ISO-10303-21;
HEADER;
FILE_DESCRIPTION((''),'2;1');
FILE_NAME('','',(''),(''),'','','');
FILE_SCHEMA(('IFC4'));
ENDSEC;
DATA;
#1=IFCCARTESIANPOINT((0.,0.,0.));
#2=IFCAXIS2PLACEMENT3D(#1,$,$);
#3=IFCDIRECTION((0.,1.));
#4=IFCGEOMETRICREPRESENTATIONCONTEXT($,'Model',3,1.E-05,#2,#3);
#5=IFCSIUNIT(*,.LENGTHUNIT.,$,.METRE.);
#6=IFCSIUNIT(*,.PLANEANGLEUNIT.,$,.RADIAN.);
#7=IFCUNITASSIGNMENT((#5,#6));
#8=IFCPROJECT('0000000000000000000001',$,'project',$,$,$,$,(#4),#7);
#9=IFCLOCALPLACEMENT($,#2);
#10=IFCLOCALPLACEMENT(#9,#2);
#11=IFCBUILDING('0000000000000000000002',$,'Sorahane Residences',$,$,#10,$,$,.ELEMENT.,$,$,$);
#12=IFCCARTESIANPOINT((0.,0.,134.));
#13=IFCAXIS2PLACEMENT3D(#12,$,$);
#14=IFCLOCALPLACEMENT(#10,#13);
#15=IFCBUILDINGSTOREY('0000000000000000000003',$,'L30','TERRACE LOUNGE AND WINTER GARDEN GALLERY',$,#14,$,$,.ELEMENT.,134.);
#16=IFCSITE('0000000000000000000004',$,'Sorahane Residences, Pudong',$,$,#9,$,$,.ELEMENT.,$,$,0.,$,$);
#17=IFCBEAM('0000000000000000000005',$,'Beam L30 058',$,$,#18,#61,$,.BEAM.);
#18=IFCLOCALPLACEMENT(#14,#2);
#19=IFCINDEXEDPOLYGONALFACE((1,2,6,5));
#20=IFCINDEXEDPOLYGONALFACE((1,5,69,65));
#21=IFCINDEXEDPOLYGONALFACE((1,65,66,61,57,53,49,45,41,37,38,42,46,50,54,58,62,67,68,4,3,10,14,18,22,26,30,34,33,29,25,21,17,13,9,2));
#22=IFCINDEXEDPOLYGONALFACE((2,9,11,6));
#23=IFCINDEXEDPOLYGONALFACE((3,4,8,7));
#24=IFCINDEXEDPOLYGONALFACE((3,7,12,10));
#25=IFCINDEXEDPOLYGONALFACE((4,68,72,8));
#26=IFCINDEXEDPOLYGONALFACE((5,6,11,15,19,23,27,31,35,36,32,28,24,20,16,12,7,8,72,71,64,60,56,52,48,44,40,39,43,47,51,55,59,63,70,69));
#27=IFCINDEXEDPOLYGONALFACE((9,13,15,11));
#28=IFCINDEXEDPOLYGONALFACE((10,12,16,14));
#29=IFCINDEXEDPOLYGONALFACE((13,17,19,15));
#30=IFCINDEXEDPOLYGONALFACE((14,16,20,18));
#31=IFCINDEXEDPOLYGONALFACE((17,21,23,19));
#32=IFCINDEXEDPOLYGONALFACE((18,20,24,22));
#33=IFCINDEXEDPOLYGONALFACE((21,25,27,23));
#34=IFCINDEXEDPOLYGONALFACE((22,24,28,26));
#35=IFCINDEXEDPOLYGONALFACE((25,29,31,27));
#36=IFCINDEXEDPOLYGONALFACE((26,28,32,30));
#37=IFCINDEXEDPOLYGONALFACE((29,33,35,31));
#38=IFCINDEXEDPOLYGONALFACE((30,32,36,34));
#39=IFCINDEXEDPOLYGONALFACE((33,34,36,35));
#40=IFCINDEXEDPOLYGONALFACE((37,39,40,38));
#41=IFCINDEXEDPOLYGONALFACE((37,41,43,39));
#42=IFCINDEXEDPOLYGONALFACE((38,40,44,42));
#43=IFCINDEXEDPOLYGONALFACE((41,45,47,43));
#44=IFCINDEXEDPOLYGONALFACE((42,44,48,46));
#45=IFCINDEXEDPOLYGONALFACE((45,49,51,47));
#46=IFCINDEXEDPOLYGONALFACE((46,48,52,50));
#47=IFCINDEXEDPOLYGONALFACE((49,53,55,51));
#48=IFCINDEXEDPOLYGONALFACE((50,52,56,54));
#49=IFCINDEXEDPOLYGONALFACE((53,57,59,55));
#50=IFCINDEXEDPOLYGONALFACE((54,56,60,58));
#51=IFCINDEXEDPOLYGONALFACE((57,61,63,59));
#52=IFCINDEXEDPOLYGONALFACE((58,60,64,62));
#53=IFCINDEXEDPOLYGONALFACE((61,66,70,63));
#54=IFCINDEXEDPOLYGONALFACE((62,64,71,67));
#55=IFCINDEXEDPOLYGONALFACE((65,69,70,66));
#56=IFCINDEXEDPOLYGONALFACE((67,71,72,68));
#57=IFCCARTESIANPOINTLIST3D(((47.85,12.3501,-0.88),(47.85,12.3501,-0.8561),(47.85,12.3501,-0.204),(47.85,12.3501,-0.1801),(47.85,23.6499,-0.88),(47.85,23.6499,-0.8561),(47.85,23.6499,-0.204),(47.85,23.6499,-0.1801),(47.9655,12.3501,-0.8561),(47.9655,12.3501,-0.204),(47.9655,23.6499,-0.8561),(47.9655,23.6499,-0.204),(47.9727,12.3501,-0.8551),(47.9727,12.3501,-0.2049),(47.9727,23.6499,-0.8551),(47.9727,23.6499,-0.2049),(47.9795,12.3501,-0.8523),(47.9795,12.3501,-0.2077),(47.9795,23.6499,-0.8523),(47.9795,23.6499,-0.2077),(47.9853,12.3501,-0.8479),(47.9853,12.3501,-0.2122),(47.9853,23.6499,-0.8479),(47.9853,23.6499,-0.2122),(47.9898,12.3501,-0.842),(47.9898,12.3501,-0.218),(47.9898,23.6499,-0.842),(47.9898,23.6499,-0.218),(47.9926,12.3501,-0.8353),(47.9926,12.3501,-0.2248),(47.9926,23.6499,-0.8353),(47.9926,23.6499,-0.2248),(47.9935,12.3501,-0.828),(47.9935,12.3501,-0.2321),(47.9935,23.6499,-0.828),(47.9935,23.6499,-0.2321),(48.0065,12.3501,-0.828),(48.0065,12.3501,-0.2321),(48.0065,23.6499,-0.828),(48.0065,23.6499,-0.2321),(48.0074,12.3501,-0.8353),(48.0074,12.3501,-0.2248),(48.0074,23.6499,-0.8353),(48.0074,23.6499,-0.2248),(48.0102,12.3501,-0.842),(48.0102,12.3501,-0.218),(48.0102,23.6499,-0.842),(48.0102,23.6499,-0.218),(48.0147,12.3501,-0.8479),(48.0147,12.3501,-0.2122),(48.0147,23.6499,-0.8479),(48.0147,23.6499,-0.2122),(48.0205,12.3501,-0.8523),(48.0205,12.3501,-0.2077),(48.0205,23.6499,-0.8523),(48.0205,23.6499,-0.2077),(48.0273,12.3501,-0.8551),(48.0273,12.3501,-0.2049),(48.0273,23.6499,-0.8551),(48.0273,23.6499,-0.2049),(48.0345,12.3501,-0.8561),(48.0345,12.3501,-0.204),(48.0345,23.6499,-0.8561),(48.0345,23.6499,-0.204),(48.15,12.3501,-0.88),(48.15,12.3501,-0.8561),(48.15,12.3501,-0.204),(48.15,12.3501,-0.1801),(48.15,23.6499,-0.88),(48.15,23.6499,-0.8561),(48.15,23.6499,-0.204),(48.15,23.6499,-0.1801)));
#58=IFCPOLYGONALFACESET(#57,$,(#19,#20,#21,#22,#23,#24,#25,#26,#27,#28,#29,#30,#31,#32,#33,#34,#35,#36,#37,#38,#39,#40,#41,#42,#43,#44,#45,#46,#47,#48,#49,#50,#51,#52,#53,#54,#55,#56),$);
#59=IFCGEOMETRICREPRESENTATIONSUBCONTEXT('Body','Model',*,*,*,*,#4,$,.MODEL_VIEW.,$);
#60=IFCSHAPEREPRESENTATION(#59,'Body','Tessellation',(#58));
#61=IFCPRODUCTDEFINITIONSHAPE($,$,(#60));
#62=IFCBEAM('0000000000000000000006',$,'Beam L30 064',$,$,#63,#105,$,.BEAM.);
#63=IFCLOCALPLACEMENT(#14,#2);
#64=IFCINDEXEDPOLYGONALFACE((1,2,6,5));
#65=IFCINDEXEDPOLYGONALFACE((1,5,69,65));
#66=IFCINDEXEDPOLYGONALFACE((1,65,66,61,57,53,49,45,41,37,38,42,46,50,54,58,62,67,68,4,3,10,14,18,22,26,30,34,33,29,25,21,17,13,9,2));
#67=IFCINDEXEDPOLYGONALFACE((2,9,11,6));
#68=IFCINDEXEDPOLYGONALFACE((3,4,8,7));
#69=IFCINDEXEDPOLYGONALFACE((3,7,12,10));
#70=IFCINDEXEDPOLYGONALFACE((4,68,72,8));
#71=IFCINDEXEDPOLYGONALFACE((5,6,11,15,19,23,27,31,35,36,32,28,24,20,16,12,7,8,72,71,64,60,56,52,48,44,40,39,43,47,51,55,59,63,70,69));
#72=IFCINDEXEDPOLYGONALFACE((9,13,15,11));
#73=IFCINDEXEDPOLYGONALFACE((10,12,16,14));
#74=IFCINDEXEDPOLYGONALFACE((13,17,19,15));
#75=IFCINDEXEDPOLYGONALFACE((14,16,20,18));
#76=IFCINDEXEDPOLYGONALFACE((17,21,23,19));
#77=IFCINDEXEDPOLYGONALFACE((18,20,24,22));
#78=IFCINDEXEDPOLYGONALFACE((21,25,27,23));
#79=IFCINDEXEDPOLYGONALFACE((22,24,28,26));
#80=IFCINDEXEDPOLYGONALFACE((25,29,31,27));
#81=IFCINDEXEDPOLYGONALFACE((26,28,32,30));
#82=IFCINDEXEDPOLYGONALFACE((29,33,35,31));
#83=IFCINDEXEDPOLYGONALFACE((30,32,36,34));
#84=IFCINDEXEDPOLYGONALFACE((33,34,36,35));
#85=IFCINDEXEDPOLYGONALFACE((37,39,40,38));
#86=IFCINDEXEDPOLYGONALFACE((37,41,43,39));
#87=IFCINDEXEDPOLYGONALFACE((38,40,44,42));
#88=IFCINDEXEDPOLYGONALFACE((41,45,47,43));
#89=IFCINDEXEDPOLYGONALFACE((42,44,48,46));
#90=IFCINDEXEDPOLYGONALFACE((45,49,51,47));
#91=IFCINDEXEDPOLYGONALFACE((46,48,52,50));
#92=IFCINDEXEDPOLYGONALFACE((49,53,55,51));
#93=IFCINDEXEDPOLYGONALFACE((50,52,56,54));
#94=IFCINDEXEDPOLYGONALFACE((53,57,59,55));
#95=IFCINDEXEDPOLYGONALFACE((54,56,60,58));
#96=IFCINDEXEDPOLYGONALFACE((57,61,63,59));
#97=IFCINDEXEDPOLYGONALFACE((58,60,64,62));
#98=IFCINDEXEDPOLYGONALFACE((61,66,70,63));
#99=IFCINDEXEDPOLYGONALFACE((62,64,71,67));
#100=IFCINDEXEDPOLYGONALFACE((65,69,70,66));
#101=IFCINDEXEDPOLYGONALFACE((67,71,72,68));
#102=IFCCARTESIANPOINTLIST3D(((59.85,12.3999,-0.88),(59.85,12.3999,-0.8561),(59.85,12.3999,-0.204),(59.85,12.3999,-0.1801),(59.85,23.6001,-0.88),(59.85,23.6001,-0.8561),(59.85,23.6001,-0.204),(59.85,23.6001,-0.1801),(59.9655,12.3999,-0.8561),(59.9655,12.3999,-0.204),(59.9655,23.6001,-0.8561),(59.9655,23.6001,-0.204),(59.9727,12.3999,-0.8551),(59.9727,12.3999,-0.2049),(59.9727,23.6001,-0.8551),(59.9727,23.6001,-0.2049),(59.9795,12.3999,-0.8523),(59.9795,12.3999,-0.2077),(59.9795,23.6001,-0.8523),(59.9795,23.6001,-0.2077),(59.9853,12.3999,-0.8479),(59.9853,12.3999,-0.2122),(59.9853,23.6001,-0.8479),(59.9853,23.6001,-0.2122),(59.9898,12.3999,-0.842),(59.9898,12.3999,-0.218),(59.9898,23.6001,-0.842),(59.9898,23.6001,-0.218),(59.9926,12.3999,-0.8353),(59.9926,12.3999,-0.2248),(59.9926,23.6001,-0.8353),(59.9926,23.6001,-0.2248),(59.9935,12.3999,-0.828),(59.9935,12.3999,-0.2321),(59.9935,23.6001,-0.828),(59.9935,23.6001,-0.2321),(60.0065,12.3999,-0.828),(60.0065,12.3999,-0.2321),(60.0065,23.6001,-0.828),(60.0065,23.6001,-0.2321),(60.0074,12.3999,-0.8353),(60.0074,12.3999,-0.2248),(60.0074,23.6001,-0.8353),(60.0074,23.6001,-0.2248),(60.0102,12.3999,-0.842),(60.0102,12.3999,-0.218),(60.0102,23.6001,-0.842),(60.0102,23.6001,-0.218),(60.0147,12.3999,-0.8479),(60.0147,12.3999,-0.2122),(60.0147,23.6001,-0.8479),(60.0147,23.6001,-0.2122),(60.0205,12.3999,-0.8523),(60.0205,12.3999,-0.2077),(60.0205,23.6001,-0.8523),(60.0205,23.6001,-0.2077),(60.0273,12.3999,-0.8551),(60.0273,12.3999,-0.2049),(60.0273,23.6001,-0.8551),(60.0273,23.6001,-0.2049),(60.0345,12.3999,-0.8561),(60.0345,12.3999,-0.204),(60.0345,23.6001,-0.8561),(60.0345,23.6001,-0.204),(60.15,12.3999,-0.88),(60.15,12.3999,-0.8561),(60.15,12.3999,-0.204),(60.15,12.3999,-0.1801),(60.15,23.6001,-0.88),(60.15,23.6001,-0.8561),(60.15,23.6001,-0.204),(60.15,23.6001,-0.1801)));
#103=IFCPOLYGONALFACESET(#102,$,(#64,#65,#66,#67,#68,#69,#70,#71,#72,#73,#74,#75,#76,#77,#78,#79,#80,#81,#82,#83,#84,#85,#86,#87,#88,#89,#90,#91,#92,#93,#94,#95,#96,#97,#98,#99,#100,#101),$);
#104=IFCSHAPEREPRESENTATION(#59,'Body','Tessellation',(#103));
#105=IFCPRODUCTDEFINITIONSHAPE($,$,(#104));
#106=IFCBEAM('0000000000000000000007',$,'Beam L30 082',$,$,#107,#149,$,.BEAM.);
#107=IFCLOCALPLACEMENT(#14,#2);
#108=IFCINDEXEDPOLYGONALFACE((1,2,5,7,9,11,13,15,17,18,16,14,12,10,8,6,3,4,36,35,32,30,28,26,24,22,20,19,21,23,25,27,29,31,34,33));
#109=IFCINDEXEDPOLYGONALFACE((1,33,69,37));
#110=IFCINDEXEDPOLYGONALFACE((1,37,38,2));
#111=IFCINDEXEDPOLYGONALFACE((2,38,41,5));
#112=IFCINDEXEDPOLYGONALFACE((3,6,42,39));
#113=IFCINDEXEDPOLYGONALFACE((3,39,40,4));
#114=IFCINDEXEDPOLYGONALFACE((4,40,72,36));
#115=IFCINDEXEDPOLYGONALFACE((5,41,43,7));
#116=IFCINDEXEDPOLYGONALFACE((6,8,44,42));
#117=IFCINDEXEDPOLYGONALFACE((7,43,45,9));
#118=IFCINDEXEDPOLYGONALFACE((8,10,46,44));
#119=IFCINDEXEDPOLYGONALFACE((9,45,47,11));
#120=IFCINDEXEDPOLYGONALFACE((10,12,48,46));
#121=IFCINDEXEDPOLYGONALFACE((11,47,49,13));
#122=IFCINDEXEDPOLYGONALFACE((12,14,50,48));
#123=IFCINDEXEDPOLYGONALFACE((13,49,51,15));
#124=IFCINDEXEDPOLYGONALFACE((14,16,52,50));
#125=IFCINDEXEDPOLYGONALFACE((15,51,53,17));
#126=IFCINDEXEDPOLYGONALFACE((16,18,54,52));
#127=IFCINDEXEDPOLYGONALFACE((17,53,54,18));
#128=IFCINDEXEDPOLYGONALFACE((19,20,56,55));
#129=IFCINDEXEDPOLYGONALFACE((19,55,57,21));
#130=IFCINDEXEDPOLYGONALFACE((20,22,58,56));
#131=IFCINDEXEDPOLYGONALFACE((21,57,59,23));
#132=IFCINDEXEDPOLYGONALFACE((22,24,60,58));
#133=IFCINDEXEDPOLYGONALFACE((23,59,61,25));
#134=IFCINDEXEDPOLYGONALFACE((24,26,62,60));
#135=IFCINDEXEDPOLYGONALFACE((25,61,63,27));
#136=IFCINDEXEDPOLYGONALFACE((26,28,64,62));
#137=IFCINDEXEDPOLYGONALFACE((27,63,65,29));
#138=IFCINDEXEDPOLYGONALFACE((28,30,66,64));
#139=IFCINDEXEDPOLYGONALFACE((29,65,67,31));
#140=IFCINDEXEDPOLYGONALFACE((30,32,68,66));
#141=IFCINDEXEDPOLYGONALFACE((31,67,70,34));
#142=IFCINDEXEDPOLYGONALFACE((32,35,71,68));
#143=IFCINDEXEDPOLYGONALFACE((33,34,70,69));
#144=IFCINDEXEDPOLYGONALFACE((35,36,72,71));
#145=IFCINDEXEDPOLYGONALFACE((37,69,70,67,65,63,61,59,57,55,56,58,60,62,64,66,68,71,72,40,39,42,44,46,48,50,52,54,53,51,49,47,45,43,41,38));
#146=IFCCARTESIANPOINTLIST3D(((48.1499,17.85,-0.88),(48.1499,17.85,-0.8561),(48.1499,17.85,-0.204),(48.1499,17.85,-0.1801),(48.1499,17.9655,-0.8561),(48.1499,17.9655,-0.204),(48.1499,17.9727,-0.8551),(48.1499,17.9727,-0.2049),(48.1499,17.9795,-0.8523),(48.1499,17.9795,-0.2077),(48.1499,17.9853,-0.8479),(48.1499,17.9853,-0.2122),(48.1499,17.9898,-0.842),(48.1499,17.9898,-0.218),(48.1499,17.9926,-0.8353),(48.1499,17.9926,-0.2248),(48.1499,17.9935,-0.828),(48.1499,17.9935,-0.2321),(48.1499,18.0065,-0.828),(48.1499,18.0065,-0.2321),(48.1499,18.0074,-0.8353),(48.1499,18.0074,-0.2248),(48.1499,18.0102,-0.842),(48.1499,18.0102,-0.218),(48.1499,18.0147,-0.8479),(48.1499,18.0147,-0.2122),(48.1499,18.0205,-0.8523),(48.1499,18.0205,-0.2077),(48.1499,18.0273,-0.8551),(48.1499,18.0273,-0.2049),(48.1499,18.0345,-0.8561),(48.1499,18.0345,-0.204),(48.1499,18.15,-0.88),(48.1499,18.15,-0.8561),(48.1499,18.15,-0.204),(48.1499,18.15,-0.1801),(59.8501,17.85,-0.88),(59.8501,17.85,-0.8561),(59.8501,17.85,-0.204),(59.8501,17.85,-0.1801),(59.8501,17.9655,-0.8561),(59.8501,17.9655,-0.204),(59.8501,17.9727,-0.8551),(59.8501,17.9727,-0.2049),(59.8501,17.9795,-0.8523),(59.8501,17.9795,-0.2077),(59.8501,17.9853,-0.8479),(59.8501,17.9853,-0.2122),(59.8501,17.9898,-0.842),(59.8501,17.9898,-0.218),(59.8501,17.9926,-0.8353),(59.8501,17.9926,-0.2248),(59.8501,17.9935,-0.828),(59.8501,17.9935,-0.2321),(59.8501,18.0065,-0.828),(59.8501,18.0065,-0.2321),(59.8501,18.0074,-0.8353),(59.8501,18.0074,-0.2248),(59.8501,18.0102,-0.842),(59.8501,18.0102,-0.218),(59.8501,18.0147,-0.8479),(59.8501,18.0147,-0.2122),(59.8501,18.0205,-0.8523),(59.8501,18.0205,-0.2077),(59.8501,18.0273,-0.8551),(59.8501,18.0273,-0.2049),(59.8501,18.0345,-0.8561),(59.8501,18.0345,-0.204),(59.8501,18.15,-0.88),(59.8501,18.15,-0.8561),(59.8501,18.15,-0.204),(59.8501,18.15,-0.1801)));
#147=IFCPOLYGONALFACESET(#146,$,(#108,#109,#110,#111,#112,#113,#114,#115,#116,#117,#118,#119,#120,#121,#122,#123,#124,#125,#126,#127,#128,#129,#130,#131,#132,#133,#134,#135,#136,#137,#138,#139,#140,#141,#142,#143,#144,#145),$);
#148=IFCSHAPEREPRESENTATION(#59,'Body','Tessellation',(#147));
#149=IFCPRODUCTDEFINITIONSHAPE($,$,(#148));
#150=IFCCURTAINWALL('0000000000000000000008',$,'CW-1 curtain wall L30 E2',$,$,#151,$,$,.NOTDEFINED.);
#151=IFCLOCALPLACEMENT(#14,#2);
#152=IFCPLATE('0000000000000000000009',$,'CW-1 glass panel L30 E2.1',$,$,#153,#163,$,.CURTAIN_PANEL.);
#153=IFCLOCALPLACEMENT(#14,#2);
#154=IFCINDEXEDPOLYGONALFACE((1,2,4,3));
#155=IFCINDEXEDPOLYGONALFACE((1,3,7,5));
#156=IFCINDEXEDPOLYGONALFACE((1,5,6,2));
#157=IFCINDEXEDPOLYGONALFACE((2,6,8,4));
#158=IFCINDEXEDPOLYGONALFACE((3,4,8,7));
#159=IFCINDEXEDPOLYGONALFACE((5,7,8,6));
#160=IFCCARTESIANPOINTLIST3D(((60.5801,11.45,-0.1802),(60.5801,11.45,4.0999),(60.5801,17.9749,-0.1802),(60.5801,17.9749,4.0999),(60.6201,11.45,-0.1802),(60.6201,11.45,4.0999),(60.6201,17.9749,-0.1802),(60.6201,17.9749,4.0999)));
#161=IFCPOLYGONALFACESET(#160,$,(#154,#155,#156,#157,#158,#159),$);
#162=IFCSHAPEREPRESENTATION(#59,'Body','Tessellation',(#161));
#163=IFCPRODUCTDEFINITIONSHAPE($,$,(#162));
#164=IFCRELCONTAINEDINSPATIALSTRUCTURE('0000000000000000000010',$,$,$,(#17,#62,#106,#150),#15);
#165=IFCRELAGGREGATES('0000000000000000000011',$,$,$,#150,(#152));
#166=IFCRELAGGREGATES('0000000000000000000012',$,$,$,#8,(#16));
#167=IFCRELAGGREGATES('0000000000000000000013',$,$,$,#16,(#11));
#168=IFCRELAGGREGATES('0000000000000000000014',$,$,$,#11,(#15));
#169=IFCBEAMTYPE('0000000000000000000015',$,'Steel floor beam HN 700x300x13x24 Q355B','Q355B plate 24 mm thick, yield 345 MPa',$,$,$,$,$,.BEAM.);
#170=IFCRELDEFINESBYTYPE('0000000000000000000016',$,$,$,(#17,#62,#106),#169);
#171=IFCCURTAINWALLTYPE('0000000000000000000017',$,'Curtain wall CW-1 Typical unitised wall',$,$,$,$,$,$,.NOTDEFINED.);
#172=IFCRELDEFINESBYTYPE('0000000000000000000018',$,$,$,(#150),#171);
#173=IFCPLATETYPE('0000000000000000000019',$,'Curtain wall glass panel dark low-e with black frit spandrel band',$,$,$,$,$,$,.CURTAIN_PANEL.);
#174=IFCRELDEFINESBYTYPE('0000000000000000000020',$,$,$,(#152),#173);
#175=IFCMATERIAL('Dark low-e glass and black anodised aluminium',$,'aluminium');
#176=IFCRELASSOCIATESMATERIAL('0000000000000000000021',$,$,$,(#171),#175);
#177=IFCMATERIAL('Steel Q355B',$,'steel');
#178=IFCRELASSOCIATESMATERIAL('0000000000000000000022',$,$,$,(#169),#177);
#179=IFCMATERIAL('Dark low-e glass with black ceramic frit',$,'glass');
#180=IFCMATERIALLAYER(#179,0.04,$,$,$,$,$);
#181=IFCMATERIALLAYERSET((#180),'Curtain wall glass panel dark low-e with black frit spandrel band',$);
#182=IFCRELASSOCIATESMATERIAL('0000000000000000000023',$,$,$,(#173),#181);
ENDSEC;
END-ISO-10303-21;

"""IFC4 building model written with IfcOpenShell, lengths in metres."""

from ifc_helpers import new_model, si_unit, direction, frame, origin, origin_2d, place, context, subcontext, project, spatial, rectangle, i_section, extrude, material, layer, layer_set, material_profile, profile_set, type_object, element, aggregate, save


model = new_model("IFC4")

# Units and contexts
model_context = context("Model", 3, precision=1e-05, world=origin(), true_north=direction((0.0, 1.0)))
body_context = subcontext(model_context, "Body", "Model", "MODEL_VIEW")
ifc_project = project(units=[si_unit("LENGTHUNIT", "METRE"), si_unit("PLANEANGLEUNIT", "RADIAN")], contexts=[model_context])

# Site, building, storey
site_placement = place(None, origin())
site = spatial("IfcSite", under=ifc_project, at=site_placement, Name="Sorahane Residences, Pudong", CompositionType="ELEMENT", RefElevation=0.0)
building_placement = place(site_placement, origin())
building = spatial("IfcBuilding", under=site, at=building_placement, Name="Sorahane Residences", CompositionType="ELEMENT")
storey_placement = place(building_placement, frame((0.0, 0.0, 134.0)))
storey = spatial("IfcBuildingStorey", under=building, at=storey_placement, Name="L30", Description="TERRACE LOUNGE AND WINTER GARDEN GALLERY", CompositionType="ELEMENT", Elevation=134.0)

# Shared definitions
ifc_material_1 = material(Name="Dark low-e glass and black anodised aluminium", Category="aluminium")
curtain_wall_type = type_object("IfcCurtainWallType", Name="Curtain wall CW-1 Typical unitised wall", PredefinedType="NOTDEFINED", material=ifc_material_1)

# Beams
ifc_material_2 = material(Name="Steel Q355B", Category="steel")
ifc_material_profile_1 = material_profile(ifc_material_2, i_section(OverallWidth=0.3, OverallDepth=0.7, WebThickness=0.0129, FlangeThickness=0.0239, FilletRadius=0.0281, at=origin_2d()), Name="HN 700x300x13x24")
ifc_profile_set_1 = profile_set([ifc_material_profile_1], Name="Steel Q355B")
beam_type = type_object("IfcBeamType", Name="Steel floor beam HN 700x300x13x24 Q355B", Description="Q355B plate 24 mm thick, yield 345 MPa", PredefinedType="BEAM", material=ifc_profile_set_1)
beam_1_placement = place(storey_placement, frame((48.0, 12.3501, -0.53), z_axis=(0.0, 1.0, 0.0), x_axis=(-1.0, 0.0, 0.0)))
element("IfcBeam", 1, at=beam_1_placement, inside=storey, type_object=beam_type, Name="Beam L30 058", PredefinedType="BEAM", context=body_context, shape_type="SweptSolid", body=[
    extrude(i_section(OverallWidth=0.3, OverallDepth=0.7, WebThickness=0.0129, FlangeThickness=0.0239, FilletRadius=0.0281, at=origin_2d()), origin(), (0.0, 0.0, 1.0), 11.2998),
])
beam_2_placement = place(storey_placement, frame((60.0, 12.3999, -0.53), z_axis=(0.0, 1.0, 0.0), x_axis=(-1.0, 0.0, 0.0)))
element("IfcBeam", 2, at=beam_2_placement, inside=storey, type_object=beam_type, Name="Beam L30 064", PredefinedType="BEAM", context=body_context, shape_type="SweptSolid", body=[
    extrude(i_section(OverallWidth=0.3, OverallDepth=0.7, WebThickness=0.0129, FlangeThickness=0.0239, FilletRadius=0.0281, at=origin_2d()), origin(), (0.0, 0.0, 1.0), 11.2002),
])
beam_3_placement = place(storey_placement, frame((48.1499, 18.0, -0.53), z_axis=(1.0, 0.0, 0.0), x_axis=(0.0, 1.0, 0.0)))
element("IfcBeam", 3, at=beam_3_placement, inside=storey, type_object=beam_type, Name="Beam L30 082", PredefinedType="BEAM", context=body_context, shape_type="SweptSolid", body=[
    extrude(i_section(OverallWidth=0.3, OverallDepth=0.7, WebThickness=0.0129, FlangeThickness=0.0239, FilletRadius=0.0281, at=origin_2d()), origin(), (0.0, 0.0, 1.0), 11.7002),
])

# Curtain wall, plate
curtain_wall_1_placement = place(storey_placement, origin())
curtain_wall_1 = element("IfcCurtainWall", 4, at=curtain_wall_1_placement, inside=storey, type_object=curtain_wall_type, Name="CW-1 curtain wall L30 E2", PredefinedType="NOTDEFINED")
ifc_material_3 = material(Name="Dark low-e glass with black ceramic frit", Category="glass")
ifc_layer_1 = layer(ifc_material_3, 0.04)
ifc_layer_set_1 = layer_set([ifc_layer_1], Name="Curtain wall glass panel dark low-e with black frit spandrel band")
plate_type = type_object("IfcPlateType", Name="Curtain wall glass panel dark low-e with black frit spandrel band", PredefinedType="CURTAIN_PANEL", material=ifc_layer_set_1)
plate_placement = place(storey_placement, frame((60.6001, 14.7124, -0.1802), z_axis=(0.0, 0.0, 1.0), x_axis=(0.0, 1.0, 0.0)))
plate = element("IfcPlate", 5, at=plate_placement, type_object=plate_type, Name="CW-1 glass panel L30 E2.1", PredefinedType="CURTAIN_PANEL", context=body_context, shape_type="SweptSolid", body=[
    extrude(rectangle(XDim=6.5249, YDim=0.04, at=origin_2d()), origin(), (0.0, 0.0, 1.0), 4.28),
])
aggregate(curtain_wall_1, [plate])

save(model, "model.ifc")
